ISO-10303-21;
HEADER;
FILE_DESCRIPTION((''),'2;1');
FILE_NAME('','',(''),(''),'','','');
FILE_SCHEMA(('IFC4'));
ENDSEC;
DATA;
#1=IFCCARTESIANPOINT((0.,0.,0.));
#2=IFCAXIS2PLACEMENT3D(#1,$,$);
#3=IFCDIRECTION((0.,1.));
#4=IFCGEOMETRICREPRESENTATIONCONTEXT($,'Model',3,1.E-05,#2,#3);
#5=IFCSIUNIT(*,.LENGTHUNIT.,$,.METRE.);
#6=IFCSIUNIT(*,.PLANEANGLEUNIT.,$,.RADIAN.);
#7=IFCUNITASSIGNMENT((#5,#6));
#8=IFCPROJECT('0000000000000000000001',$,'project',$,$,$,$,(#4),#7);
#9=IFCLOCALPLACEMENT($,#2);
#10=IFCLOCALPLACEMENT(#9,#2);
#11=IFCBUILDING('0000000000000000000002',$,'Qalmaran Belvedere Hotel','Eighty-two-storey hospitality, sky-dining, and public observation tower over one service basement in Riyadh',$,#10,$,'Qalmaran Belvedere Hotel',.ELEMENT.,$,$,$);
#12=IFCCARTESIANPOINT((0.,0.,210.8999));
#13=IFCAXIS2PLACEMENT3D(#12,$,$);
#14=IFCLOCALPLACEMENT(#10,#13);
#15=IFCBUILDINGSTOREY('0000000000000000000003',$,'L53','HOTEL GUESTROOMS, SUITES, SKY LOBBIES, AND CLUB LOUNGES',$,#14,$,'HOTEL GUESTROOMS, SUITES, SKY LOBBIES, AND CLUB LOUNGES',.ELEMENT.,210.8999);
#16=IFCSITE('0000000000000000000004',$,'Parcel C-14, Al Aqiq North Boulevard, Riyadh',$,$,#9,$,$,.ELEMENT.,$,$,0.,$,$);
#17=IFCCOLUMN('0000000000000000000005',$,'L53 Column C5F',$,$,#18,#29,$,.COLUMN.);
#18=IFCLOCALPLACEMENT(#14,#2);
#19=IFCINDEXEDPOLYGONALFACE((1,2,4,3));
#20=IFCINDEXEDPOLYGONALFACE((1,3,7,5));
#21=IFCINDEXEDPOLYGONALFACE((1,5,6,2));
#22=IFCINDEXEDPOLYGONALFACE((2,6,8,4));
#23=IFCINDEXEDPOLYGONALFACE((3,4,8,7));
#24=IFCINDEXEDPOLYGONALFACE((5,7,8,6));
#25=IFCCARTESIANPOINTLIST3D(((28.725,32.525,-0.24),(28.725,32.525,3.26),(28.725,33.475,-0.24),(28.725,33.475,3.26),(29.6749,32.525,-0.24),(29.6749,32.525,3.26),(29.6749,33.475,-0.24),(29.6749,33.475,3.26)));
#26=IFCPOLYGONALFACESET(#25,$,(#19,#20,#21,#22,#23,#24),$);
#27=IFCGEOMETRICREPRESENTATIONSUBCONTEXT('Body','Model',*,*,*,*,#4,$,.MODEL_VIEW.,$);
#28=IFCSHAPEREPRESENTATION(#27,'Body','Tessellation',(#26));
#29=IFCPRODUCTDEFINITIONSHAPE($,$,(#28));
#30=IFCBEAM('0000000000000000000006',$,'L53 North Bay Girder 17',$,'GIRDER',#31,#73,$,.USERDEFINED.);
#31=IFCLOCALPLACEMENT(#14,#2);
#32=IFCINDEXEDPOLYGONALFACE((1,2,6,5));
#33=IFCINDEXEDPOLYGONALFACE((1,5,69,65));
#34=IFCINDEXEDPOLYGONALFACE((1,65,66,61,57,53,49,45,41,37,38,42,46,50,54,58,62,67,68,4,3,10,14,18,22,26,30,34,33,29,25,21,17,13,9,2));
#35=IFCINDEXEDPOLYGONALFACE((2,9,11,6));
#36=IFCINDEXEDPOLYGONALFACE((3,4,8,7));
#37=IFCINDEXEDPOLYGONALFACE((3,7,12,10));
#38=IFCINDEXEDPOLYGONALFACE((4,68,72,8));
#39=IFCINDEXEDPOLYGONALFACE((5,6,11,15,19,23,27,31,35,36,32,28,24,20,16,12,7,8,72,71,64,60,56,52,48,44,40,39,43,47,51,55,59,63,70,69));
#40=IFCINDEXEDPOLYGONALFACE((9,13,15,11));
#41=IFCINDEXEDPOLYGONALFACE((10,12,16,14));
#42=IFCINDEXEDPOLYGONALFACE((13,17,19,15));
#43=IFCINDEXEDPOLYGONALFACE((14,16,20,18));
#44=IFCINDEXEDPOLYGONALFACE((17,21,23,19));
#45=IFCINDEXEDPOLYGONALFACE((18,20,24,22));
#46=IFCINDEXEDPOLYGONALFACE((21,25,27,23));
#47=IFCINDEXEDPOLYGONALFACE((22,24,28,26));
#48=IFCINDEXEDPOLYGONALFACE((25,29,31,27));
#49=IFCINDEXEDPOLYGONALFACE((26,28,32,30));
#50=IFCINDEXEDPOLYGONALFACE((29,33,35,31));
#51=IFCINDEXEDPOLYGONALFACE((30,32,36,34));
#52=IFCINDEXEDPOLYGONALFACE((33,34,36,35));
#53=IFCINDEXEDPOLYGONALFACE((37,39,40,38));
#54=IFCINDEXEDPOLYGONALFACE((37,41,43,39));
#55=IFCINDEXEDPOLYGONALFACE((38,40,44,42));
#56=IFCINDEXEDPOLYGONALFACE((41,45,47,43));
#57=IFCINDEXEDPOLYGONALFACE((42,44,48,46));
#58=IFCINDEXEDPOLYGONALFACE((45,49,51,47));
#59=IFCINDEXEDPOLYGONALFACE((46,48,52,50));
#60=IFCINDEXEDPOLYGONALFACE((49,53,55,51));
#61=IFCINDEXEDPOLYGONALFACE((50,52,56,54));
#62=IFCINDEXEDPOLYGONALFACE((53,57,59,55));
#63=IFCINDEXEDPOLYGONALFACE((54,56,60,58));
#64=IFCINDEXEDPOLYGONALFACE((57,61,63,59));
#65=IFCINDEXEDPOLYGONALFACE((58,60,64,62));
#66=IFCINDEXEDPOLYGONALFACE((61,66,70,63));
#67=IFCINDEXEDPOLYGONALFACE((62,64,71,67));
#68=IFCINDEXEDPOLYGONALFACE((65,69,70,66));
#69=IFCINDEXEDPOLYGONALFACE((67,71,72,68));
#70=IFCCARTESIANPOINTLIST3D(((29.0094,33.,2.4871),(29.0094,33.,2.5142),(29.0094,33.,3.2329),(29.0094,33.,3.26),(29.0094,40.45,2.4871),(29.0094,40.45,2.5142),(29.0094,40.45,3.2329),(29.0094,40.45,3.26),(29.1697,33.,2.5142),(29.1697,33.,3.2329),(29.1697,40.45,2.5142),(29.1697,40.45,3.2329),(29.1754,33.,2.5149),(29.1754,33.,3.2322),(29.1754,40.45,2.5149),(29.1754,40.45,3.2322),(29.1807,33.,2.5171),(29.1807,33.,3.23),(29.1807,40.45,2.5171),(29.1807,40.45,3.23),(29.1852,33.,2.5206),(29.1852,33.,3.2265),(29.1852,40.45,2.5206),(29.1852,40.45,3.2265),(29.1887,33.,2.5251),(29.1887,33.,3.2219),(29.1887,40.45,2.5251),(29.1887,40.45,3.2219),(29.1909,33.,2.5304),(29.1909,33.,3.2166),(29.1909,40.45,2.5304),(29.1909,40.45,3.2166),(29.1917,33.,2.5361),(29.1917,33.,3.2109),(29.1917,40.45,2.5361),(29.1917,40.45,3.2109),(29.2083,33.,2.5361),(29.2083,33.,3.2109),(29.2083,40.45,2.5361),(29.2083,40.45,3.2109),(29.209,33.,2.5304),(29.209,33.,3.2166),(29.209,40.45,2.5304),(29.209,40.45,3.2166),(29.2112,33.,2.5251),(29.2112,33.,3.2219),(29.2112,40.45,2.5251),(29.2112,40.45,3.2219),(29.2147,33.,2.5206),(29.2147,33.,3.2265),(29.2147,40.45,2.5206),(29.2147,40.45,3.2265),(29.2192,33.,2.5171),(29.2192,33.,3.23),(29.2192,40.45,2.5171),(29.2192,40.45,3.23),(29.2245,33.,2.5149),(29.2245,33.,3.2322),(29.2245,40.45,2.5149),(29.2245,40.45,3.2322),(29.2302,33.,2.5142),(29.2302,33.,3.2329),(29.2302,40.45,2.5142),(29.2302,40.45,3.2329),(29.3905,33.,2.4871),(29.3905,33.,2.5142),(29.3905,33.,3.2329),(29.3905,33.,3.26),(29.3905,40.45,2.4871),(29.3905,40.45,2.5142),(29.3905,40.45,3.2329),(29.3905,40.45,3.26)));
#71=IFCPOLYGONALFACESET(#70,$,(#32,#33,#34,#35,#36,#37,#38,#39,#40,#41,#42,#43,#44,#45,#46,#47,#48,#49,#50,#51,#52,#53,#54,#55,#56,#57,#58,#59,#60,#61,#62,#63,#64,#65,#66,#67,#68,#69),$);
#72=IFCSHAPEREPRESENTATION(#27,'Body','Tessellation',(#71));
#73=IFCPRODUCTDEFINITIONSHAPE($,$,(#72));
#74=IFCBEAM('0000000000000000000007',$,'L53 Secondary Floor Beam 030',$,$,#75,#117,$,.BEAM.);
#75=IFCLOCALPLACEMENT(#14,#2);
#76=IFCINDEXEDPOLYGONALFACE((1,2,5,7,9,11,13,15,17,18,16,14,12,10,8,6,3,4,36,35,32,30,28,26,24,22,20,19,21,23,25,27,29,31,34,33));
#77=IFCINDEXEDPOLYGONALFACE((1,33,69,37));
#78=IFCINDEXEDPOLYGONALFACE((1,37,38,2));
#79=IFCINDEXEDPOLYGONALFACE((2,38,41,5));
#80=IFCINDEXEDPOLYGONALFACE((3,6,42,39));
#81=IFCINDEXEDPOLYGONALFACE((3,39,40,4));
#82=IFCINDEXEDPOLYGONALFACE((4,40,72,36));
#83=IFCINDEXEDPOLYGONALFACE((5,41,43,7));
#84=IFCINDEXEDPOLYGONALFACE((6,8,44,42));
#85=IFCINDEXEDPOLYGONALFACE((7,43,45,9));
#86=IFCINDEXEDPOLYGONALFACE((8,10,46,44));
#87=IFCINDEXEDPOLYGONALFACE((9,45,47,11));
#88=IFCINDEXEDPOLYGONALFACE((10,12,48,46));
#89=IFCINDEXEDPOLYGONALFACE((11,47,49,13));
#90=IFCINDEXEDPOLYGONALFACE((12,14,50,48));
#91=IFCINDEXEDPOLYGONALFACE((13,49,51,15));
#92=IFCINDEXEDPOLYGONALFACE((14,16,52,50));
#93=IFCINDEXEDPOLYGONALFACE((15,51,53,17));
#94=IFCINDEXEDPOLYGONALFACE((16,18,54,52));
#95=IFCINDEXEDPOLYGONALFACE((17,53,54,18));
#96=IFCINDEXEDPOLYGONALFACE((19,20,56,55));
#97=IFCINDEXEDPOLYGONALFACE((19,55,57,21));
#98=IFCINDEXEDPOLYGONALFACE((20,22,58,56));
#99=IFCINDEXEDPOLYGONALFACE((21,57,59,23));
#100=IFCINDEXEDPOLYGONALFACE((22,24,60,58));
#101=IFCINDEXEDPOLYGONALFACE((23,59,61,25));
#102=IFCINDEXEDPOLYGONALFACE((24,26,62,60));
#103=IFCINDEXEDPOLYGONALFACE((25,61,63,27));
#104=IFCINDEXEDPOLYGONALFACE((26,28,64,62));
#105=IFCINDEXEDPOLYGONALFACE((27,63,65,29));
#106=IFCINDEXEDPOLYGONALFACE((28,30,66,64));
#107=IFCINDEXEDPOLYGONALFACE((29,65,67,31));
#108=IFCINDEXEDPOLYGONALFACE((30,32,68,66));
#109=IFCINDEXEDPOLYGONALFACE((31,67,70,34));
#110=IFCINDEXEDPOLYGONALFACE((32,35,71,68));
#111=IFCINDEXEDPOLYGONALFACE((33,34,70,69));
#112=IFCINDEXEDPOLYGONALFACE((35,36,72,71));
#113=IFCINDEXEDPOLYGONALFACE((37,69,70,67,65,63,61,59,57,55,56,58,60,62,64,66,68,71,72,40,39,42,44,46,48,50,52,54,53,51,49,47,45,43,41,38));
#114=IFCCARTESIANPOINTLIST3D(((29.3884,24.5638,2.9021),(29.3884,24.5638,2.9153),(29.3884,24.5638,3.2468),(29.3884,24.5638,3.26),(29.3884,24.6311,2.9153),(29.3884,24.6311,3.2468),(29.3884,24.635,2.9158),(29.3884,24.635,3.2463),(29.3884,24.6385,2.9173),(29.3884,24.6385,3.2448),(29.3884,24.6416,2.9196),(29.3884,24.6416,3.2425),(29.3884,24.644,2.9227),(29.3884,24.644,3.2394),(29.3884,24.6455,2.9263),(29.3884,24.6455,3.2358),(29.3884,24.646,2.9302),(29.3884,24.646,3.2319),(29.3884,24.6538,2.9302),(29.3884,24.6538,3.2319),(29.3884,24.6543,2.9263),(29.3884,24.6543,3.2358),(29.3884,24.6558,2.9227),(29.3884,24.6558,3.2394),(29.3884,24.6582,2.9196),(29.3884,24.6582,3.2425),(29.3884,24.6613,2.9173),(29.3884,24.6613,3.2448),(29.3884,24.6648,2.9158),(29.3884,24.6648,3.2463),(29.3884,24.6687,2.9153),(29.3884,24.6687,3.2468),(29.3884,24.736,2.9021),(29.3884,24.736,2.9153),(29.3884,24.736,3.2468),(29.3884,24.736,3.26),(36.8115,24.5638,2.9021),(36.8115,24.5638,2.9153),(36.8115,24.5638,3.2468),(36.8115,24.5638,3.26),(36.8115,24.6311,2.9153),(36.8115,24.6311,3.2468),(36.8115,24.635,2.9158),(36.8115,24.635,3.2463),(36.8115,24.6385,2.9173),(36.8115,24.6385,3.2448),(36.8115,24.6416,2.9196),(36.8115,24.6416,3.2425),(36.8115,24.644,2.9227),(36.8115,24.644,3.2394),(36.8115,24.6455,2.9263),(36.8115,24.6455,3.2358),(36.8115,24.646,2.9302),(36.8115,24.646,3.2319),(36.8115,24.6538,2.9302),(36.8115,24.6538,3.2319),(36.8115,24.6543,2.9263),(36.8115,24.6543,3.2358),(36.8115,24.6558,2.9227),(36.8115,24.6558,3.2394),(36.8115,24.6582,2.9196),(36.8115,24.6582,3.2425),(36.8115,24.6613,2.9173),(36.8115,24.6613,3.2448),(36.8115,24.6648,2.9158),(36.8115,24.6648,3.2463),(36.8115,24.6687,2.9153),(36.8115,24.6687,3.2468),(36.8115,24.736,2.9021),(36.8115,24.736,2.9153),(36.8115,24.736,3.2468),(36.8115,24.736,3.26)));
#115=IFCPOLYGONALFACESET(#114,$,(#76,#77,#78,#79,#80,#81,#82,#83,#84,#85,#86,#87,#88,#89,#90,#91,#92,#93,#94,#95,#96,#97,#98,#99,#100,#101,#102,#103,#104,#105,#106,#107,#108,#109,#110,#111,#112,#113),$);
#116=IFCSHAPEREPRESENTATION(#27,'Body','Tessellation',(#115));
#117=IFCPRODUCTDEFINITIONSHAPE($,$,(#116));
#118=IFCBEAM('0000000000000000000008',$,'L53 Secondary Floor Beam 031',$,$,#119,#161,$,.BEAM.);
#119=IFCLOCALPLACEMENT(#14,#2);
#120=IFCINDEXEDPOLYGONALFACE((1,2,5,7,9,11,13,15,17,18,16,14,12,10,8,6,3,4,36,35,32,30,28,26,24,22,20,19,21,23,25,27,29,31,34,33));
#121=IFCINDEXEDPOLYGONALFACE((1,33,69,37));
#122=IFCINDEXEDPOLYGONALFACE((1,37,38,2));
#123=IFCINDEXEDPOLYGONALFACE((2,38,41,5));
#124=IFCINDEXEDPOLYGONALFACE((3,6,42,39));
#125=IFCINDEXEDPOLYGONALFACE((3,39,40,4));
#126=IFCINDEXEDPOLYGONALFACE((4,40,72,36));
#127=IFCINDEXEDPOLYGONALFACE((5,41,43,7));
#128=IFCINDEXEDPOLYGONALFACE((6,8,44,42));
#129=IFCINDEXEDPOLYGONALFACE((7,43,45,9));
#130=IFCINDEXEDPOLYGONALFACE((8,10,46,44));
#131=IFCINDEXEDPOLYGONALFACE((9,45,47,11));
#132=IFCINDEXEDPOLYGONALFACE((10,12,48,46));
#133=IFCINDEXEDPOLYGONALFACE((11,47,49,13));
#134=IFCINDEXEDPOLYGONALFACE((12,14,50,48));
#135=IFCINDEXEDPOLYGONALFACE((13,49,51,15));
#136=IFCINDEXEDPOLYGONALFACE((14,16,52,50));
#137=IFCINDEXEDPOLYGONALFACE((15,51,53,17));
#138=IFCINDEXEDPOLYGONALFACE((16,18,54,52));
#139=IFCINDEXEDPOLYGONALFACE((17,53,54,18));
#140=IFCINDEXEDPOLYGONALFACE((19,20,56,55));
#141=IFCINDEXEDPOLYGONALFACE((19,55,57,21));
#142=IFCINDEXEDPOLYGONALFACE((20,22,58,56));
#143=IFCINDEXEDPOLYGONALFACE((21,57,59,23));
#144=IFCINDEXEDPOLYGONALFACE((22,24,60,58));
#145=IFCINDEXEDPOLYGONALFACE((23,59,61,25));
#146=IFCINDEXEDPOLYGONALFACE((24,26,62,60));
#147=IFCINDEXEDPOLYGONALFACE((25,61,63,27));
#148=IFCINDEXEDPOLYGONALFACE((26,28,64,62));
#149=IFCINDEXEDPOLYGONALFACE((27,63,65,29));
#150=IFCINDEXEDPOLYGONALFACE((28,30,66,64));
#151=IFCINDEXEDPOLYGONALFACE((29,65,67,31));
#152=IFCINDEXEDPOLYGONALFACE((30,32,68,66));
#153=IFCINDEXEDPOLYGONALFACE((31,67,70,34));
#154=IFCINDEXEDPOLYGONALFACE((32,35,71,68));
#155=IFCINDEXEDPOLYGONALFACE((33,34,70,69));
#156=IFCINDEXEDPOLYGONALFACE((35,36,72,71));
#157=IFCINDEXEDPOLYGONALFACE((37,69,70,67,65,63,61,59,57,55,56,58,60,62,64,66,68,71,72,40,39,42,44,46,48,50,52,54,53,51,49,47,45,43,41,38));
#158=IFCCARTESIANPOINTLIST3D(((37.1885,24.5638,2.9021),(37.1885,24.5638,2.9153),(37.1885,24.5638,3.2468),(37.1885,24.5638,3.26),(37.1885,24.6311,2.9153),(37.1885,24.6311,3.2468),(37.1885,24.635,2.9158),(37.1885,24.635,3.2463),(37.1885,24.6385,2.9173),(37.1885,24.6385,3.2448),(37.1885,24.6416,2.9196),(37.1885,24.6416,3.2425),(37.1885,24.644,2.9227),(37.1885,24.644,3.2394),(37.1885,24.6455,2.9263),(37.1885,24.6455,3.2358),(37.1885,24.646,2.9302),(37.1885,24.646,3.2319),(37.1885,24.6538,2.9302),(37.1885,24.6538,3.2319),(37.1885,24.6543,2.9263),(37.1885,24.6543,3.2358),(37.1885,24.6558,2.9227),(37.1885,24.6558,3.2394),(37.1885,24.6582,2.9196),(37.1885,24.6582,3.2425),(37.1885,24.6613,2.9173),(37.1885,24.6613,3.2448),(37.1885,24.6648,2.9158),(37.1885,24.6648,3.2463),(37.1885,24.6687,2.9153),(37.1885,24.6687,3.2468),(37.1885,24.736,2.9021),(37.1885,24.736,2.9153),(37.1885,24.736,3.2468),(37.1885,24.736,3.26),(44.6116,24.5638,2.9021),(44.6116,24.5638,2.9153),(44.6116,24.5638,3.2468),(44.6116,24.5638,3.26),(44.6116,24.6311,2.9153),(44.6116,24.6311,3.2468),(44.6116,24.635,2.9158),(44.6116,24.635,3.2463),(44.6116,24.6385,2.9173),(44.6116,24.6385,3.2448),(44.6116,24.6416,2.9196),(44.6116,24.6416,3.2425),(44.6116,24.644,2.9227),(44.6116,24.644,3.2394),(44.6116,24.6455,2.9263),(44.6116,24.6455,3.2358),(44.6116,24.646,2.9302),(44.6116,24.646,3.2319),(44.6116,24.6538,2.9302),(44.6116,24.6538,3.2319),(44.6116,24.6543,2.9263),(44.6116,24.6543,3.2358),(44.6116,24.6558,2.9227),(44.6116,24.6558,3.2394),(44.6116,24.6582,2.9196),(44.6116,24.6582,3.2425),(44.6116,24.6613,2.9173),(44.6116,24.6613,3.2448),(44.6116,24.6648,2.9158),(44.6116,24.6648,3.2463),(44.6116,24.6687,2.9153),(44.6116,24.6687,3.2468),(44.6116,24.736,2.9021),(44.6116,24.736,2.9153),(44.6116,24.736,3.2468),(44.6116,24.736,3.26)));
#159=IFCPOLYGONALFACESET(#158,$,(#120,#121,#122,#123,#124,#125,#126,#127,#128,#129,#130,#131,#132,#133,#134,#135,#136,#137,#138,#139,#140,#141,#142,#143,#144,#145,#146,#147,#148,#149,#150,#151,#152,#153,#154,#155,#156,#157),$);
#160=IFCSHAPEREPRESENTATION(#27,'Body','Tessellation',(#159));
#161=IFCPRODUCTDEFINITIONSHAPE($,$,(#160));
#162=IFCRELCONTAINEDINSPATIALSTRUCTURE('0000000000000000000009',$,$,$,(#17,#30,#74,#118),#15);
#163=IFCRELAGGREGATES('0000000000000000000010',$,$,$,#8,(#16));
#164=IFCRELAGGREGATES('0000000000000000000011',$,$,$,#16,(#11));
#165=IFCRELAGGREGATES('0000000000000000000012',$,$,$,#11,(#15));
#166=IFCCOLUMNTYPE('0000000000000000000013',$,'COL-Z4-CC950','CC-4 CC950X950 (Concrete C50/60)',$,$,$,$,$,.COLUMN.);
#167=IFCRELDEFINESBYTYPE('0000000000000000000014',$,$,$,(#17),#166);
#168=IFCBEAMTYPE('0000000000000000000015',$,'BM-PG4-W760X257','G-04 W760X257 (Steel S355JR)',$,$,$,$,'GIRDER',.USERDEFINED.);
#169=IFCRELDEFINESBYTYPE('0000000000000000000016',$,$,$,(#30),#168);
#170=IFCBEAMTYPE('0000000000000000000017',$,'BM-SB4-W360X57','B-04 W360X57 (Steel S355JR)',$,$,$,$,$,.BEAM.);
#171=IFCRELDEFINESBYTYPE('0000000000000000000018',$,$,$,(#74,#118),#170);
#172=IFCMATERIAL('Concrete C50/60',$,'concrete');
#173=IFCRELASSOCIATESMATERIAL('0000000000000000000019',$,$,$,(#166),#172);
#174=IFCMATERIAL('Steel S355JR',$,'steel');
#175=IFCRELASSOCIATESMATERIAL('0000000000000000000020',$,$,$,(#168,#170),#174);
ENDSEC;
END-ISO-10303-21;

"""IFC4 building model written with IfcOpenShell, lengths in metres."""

from ifc_helpers import new_model, si_unit, direction, frame, origin, origin_2d, place, context, subcontext, project, spatial, rectangle, i_section, extrude, material, material_profile, profile_set, type_object, element, save


model = new_model("IFC4")

# Units and contexts
model_context = context("Model", 3, precision=1e-05, world=origin(), true_north=direction((0.0, 1.0)))
body_context = subcontext(model_context, "Body", "Model", "MODEL_VIEW")
ifc_project = project(units=[si_unit("LENGTHUNIT", "METRE"), si_unit("PLANEANGLEUNIT", "RADIAN")], contexts=[model_context])

# Site, building, storey
site_placement = place(None, origin())
site = spatial("IfcSite", under=ifc_project, at=site_placement, Name="Parcel C-14, Al Aqiq North Boulevard, Riyadh", CompositionType="ELEMENT", RefElevation=0.0)
building_placement = place(site_placement, origin())
building = spatial("IfcBuilding", under=site, at=building_placement, Name="Qalmaran Belvedere Hotel", Description="Eighty-two-storey hospitality, sky-dining, and public observation tower over one service basement in Riyadh", LongName="Qalmaran Belvedere Hotel", CompositionType="ELEMENT")
storey_placement = place(building_placement, frame((0.0, 0.0, 210.8999)))
storey = spatial("IfcBuildingStorey", under=building, at=storey_placement, Name="L53", Description="HOTEL GUESTROOMS, SUITES, SKY LOBBIES, AND CLUB LOUNGES", LongName="HOTEL GUESTROOMS, SUITES, SKY LOBBIES, AND CLUB LOUNGES", CompositionType="ELEMENT", Elevation=210.8999)

# Column
ifc_material_1 = material(Name="Concrete C50/60", Category="concrete")
ifc_material_profile_1 = material_profile(ifc_material_1, rectangle(XDim=0.95, YDim=0.95, at=origin_2d()), Name="CC950X950")
ifc_profile_set_1 = profile_set([ifc_material_profile_1], Name="Concrete C50/60")
column_type = type_object("IfcColumnType", Name="COL-Z4-CC950", Description="CC-4 CC950X950 (Concrete C50/60)", PredefinedType="COLUMN", material=ifc_profile_set_1)
column_placement = place(storey_placement, frame((29.2, 33.0, -0.24), z_axis=(0.0, 0.0, 1.0), x_axis=(1.0, 0.0, 0.0)))
element("IfcColumn", 1, at=column_placement, inside=storey, type_object=column_type, Name="L53 Column C5F", PredefinedType="COLUMN", context=body_context, shape_type="SweptSolid", body=[
    extrude(rectangle(XDim=0.95, YDim=0.95, at=origin_2d()), origin(), (0.0, 0.0, 1.0), 3.5),
])

# Beams
ifc_material_2 = material(Name="Steel S355JR", Category="steel")
ifc_material_profile_2 = material_profile(ifc_material_2, i_section(OverallWidth=0.3811, OverallDepth=0.7729, WebThickness=0.0166, FlangeThickness=0.0271, FilletRadius=0.022, at=origin_2d()), Name="W760X257")
ifc_profile_set_2 = profile_set([ifc_material_profile_2], Name="Steel S355JR")
beam_type_1 = type_object("IfcBeamType", Name="BM-PG4-W760X257", Description="G-04 W760X257 (Steel S355JR)", ElementType="GIRDER", PredefinedType="USERDEFINED", material=ifc_profile_set_2)
beam_1_placement = place(storey_placement, frame((29.2, 33.0, 2.8735), z_axis=(0.0, 1.0, 0.0), x_axis=(-1.0, 0.0, 0.0)))
element("IfcBeam", 2, at=beam_1_placement, inside=storey, type_object=beam_type_1, Name="L53 North Bay Girder 17", ObjectType="GIRDER", PredefinedType="USERDEFINED", context=body_context, shape_type="SweptSolid", body=[
    extrude(i_section(OverallWidth=0.3811, OverallDepth=0.7729, WebThickness=0.0166, FlangeThickness=0.0271, FilletRadius=0.022, at=origin_2d()), origin(), (0.0, 0.0, 1.0), 7.45),
])
ifc_material_profile_3 = material_profile(ifc_material_2, i_section(OverallWidth=0.1721, OverallDepth=0.3579, WebThickness=0.0078, FlangeThickness=0.0132, FilletRadius=0.0149, at=origin_2d()), Name="W360X57")
ifc_profile_set_3 = profile_set([ifc_material_profile_3], Name="Steel S355JR")
beam_type_2 = type_object("IfcBeamType", Name="BM-SB4-W360X57", Description="B-04 W360X57 (Steel S355JR)", PredefinedType="BEAM", material=ifc_profile_set_3)
for number, where, z_axis, x_axis, name in (
    (3, (29.3884, 24.6499, 3.0811), (1.0, 0.0, 0.0), (0.0, 1.0, 0.0), "L53 Secondary Floor Beam 030"),
    (4, (37.1885, 24.6499, 3.0811), (1.0, 0.0, 0.0), (0.0, 1.0, 0.0), "L53 Secondary Floor Beam 031"),
):
    element("IfcBeam", number, at=place(storey_placement, frame(where, z_axis=z_axis, x_axis=x_axis)), inside=storey, type_object=beam_type_2, Name=name, PredefinedType="BEAM", context=body_context, shape_type="SweptSolid", body=[
        extrude(i_section(OverallWidth=0.1721, OverallDepth=0.3579, WebThickness=0.0078, FlangeThickness=0.0132, FilletRadius=0.0149, at=origin_2d()), origin(), (0.0, 0.0, 1.0), 7.4231),
    ])

save(model, "model.ifc")
